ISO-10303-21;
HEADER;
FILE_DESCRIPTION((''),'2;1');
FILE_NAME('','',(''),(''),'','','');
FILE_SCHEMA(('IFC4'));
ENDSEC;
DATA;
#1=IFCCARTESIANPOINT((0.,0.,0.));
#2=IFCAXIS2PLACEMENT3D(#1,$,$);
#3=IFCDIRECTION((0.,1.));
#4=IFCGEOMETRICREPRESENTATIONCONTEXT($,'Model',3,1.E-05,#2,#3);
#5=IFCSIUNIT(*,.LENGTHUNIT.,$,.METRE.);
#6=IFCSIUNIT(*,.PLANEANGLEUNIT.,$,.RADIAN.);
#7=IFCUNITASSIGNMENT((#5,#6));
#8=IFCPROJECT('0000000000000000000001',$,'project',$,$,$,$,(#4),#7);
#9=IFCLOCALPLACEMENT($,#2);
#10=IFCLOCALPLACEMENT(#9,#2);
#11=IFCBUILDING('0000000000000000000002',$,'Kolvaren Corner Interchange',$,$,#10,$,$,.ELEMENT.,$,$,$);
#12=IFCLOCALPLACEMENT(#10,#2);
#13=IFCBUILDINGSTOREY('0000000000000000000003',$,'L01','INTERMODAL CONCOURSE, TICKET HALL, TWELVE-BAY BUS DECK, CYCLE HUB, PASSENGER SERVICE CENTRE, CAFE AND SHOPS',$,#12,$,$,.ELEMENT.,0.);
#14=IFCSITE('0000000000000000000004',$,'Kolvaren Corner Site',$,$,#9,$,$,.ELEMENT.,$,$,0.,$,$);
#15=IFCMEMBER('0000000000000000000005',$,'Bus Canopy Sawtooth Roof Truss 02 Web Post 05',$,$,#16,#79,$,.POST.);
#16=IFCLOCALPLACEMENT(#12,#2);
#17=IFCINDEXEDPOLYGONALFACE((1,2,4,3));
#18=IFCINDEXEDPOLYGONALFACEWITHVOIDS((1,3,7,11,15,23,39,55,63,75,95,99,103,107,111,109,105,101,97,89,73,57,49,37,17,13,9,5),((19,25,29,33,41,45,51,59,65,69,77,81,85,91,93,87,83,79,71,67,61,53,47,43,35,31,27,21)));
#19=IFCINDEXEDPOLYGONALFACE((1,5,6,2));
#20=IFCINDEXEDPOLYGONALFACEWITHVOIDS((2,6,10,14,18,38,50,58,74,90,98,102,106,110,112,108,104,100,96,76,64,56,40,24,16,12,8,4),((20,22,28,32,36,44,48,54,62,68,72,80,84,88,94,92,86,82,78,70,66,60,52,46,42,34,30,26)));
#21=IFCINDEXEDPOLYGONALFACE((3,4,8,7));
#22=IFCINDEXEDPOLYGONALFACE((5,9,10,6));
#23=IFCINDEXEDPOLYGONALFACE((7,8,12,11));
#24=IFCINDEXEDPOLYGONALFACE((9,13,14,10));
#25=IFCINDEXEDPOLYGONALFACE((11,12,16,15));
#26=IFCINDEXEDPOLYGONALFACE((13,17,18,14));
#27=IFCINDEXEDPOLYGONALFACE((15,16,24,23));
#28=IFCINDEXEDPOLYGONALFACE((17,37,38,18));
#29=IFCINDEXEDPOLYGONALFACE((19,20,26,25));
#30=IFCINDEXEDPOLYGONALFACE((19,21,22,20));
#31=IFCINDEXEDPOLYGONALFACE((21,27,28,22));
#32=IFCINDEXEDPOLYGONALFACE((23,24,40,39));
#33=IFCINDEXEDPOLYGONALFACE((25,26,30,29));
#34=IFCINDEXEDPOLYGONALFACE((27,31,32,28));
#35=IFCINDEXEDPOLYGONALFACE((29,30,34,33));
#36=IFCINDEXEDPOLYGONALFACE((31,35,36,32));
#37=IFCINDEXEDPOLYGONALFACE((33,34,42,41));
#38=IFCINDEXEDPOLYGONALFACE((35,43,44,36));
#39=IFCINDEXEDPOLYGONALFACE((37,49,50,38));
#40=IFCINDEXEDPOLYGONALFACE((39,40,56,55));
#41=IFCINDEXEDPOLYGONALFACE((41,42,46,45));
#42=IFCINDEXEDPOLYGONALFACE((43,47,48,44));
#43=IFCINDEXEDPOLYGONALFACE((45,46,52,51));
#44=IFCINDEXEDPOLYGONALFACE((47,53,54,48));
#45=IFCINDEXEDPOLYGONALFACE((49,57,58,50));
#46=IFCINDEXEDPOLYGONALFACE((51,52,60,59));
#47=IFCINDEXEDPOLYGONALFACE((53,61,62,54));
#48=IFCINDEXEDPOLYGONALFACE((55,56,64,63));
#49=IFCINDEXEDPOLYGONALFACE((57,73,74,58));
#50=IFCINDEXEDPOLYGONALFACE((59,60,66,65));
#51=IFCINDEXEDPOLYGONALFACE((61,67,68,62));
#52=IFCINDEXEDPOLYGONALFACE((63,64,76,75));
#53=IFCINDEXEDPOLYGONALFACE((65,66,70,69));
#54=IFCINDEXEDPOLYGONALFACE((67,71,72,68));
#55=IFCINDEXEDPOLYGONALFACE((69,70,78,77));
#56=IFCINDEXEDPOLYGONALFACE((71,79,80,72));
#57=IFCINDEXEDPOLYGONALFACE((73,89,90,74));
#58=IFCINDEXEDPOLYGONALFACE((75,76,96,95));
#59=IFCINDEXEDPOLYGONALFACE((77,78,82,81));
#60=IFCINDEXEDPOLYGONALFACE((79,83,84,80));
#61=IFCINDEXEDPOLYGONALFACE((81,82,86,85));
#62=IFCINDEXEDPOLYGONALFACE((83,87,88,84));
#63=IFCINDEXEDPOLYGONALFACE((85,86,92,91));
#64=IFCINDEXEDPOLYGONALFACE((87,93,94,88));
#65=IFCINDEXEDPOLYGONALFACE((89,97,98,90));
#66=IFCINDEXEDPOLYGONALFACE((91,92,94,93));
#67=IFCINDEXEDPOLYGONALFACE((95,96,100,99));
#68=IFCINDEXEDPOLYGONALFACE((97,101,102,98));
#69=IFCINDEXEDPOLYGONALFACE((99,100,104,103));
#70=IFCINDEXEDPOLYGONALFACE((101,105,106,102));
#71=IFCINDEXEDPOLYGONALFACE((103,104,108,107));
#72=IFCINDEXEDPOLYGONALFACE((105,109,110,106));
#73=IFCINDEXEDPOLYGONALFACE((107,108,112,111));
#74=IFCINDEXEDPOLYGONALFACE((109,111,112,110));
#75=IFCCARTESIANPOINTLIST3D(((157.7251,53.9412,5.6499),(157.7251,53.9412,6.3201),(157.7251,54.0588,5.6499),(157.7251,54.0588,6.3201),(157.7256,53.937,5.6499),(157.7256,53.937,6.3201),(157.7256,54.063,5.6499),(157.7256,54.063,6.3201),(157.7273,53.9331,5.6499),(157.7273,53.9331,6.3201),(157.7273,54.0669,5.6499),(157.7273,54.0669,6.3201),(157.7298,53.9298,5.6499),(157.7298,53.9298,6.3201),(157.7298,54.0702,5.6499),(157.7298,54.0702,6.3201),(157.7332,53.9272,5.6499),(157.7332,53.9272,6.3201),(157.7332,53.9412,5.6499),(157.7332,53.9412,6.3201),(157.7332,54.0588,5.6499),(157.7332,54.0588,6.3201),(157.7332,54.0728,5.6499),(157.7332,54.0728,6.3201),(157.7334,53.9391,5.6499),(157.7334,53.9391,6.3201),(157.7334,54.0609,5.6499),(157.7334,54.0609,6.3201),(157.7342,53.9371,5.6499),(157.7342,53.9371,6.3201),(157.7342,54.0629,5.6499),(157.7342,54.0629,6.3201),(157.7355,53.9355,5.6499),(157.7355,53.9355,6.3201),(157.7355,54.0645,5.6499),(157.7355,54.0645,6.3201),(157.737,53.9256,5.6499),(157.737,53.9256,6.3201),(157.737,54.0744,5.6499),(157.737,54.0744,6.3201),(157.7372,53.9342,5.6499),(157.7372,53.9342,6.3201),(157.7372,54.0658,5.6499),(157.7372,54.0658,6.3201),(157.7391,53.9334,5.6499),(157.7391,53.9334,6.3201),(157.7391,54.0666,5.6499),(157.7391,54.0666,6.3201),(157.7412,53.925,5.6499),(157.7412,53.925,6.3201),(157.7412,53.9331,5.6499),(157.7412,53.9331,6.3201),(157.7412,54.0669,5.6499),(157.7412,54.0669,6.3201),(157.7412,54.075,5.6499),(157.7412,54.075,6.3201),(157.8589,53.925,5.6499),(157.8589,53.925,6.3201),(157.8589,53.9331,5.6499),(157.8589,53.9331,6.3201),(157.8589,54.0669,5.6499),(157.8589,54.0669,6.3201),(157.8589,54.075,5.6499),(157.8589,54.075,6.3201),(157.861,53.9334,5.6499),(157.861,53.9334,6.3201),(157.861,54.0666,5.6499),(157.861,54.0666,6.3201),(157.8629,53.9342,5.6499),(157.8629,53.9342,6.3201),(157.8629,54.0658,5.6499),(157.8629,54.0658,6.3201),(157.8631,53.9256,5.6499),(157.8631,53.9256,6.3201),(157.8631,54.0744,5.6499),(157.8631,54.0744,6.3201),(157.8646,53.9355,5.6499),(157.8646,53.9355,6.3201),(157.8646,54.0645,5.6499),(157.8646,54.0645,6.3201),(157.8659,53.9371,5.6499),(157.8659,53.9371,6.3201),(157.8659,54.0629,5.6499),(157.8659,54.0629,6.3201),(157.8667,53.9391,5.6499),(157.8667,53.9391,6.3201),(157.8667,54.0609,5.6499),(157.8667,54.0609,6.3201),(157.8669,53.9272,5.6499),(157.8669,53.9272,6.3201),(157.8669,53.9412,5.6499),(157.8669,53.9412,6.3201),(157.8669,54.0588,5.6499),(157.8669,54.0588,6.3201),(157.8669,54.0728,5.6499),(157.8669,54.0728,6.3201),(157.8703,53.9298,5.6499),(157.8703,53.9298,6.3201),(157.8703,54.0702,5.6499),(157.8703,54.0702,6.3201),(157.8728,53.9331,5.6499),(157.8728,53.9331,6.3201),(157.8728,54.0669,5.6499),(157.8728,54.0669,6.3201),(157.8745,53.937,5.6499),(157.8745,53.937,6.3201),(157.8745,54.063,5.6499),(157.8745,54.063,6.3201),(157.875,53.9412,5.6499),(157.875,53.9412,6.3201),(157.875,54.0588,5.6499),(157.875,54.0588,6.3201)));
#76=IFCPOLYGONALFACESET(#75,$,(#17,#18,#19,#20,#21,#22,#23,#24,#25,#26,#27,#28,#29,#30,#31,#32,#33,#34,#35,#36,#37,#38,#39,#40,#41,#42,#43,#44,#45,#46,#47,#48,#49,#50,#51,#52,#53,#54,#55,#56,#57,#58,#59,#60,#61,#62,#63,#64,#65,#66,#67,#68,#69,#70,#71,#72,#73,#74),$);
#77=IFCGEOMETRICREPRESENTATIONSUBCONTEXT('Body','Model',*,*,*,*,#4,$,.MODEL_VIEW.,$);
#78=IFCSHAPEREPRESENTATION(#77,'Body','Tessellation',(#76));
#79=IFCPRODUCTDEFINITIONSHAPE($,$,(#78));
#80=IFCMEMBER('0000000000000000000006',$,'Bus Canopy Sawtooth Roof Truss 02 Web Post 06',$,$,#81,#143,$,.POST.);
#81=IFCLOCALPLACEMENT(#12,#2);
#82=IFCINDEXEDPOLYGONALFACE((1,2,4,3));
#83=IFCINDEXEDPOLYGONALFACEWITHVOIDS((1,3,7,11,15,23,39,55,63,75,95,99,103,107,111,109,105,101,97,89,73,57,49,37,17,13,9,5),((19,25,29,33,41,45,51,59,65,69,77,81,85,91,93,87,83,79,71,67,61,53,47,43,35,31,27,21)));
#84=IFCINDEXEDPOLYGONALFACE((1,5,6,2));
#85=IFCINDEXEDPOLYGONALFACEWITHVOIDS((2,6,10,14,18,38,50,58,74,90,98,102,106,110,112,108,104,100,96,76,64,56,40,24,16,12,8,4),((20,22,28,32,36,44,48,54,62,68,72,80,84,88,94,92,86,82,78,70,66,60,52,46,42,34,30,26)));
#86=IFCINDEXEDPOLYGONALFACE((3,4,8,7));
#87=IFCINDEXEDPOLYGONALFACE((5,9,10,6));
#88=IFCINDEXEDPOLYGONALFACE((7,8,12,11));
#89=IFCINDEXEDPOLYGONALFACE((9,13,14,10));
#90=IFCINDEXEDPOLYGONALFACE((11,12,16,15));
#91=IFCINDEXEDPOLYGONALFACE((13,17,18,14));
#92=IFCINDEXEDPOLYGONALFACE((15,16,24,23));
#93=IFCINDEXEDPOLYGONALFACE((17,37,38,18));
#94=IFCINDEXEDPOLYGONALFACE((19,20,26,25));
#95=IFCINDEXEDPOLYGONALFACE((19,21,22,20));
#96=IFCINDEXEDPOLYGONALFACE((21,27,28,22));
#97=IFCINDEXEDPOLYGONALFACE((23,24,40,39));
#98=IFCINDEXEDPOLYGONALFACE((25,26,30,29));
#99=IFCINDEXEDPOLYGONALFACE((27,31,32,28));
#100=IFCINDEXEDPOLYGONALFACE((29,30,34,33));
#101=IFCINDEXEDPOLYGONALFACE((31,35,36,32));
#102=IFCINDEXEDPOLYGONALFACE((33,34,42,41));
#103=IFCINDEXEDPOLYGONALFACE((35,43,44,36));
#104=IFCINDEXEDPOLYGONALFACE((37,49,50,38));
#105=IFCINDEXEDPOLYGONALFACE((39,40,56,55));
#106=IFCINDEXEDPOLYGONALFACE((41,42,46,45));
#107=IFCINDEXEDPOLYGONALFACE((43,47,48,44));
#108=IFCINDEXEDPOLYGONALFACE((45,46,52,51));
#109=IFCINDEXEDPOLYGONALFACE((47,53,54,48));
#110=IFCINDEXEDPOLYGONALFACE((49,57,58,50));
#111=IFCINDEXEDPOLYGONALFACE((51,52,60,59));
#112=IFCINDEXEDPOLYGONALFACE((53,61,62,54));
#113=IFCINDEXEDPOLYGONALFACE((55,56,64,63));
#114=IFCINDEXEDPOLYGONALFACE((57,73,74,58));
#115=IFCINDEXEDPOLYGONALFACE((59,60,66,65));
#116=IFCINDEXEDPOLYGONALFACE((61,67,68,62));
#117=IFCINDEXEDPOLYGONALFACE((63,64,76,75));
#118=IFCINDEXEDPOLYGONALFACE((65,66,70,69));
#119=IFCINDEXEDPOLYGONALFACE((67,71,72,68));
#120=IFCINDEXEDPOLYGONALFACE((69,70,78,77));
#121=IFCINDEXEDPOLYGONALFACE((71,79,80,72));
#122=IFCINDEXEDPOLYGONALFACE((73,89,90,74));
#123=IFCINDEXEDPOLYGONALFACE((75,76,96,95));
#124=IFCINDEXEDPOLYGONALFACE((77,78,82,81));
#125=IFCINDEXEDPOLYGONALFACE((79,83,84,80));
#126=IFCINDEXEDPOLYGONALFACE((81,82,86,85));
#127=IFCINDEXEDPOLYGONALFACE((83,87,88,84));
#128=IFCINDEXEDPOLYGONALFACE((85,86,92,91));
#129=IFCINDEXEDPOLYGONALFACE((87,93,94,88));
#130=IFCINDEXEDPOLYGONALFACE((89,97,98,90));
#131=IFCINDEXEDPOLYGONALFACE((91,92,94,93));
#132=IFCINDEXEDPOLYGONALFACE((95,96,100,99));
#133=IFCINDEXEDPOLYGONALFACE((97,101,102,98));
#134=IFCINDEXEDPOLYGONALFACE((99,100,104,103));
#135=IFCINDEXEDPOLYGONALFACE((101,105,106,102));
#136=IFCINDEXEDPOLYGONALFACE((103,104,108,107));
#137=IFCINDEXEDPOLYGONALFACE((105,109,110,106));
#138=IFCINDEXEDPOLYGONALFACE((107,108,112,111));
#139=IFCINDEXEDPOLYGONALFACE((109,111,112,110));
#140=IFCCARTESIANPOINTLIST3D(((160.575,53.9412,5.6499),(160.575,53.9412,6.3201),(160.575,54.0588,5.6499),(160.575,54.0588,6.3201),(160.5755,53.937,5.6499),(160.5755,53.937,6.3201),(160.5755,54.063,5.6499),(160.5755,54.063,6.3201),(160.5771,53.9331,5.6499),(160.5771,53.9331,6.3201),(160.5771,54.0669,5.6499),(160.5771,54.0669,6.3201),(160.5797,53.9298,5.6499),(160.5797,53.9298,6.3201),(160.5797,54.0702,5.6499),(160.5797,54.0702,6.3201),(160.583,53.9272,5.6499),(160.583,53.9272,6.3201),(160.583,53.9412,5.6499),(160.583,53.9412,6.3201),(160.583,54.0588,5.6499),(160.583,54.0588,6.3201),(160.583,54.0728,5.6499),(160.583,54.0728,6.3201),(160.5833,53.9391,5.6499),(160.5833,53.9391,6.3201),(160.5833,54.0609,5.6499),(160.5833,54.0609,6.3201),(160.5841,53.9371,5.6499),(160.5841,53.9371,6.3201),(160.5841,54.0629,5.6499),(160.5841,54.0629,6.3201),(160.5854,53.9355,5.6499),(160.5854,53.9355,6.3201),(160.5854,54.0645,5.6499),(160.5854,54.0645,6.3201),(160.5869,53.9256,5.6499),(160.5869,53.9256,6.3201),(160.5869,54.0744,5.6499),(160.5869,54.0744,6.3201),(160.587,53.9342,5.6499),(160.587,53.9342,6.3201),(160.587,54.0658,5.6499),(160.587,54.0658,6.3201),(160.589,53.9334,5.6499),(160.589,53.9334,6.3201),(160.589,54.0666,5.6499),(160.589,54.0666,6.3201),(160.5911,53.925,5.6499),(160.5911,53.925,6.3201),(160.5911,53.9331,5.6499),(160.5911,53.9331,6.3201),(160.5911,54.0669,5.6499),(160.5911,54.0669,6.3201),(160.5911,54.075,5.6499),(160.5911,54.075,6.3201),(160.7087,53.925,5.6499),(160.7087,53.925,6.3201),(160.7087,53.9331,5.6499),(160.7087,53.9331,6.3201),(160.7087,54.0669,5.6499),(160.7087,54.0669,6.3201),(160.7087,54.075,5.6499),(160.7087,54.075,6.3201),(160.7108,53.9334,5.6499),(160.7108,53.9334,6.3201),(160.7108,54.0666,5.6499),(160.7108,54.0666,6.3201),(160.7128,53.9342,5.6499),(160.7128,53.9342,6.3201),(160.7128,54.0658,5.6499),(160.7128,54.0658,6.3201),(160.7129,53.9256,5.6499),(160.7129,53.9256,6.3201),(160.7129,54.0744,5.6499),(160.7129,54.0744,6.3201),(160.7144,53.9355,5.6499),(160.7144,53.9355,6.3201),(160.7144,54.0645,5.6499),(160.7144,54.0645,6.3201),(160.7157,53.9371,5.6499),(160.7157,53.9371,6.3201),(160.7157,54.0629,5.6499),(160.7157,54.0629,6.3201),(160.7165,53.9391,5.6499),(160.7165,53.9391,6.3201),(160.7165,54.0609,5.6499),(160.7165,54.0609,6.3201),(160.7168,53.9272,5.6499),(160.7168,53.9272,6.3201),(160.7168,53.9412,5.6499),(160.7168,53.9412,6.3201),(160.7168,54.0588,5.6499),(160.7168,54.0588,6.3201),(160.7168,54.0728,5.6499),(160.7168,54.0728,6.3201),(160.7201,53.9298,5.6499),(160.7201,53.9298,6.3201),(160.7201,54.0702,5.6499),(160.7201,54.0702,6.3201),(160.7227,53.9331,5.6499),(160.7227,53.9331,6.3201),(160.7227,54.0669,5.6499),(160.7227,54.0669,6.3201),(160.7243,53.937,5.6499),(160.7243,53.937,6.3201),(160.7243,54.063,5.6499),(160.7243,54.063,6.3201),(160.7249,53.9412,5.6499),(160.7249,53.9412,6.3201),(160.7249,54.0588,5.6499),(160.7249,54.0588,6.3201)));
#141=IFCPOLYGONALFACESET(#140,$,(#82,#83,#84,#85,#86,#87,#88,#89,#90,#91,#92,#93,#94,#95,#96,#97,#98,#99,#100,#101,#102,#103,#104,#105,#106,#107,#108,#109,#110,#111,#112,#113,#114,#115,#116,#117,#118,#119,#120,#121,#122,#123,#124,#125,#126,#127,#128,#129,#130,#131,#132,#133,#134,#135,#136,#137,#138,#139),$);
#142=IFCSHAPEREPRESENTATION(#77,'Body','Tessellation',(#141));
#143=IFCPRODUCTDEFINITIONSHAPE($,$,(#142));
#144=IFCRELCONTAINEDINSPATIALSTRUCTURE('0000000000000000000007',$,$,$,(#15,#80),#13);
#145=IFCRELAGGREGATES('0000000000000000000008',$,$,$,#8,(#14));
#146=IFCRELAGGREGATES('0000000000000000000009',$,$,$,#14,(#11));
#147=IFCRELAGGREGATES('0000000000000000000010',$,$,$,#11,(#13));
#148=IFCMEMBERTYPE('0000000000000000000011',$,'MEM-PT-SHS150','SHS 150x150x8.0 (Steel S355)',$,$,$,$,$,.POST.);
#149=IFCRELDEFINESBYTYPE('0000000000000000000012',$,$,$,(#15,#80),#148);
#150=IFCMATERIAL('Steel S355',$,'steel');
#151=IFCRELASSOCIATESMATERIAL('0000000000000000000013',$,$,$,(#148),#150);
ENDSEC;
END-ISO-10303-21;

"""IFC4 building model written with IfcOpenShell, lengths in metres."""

from ifc_helpers import new_model, si_unit, direction, frame, origin, origin_2d, place, context, subcontext, project, spatial, hollow_rectangle, extrude, material, material_profile, profile_set, type_object, element, save


model = new_model("IFC4")

# Units and contexts
model_context = context("Model", 3, precision=1e-05, world=origin(), true_north=direction((0.0, 1.0)))
body_context = subcontext(model_context, "Body", "Model", "MODEL_VIEW")
ifc_project = project(units=[si_unit("LENGTHUNIT", "METRE"), si_unit("PLANEANGLEUNIT", "RADIAN")], contexts=[model_context])

# Site, building, storey
site_placement = place(None, origin())
site = spatial("IfcSite", under=ifc_project, at=site_placement, Name="Kolvaren Corner Site", CompositionType="ELEMENT", RefElevation=0.0)
building_placement = place(site_placement, origin())
building = spatial("IfcBuilding", under=site, at=building_placement, Name="Kolvaren Corner Interchange", CompositionType="ELEMENT")
storey_placement = place(building_placement, origin())
storey = spatial("IfcBuildingStorey", under=building, at=storey_placement, Name="L01", Description="INTERMODAL CONCOURSE, TICKET HALL, TWELVE-BAY BUS DECK, CYCLE HUB, PASSENGER SERVICE CENTRE, CAFE AND SHOPS", CompositionType="ELEMENT", Elevation=0.0)

# Members
ifc_material_1 = material(Name="Steel S355", Category="steel")
ifc_material_profile_1 = material_profile(ifc_material_1, hollow_rectangle(XDim=0.1499, YDim=0.1499, WallThickness=0.0081, InnerFilletRadius=0.0081, OuterFilletRadius=0.0161, at=origin_2d()), Name="SHS 150x150x8.0")
ifc_profile_set_1 = profile_set([ifc_material_profile_1], Name="Steel S355")
member_type_1 = type_object("IfcMemberType", Name="MEM-PT-SHS150", Description="SHS 150x150x8.0 (Steel S355)", PredefinedType="POST", material=ifc_profile_set_1)
for number, where, z_axis, x_axis, name in (
    (1, (157.8, 54.0, 5.6499), (0.0, 0.0, 1.0), (1.0, 0.0, 0.0), "Bus Canopy Sawtooth Roof Truss 02 Web Post 05"),
    (2, (160.6499, 54.0, 5.6499), (0.0, 0.0, 1.0), (1.0, 0.0, 0.0), "Bus Canopy Sawtooth Roof Truss 02 Web Post 06"),
):
    element("IfcMember", number, at=place(storey_placement, frame(where, z_axis=z_axis, x_axis=x_axis)), inside=storey, type_object=member_type_1, Name=name, PredefinedType="POST", context=body_context, shape_type="SweptSolid", body=[
        extrude(hollow_rectangle(XDim=0.1499, YDim=0.1499, WallThickness=0.0081, InnerFilletRadius=0.0081, OuterFilletRadius=0.0161, at=origin_2d()), origin(), (0.0, 0.0, 1.0), 0.6702),
    ])

save(model, "model.ifc")
